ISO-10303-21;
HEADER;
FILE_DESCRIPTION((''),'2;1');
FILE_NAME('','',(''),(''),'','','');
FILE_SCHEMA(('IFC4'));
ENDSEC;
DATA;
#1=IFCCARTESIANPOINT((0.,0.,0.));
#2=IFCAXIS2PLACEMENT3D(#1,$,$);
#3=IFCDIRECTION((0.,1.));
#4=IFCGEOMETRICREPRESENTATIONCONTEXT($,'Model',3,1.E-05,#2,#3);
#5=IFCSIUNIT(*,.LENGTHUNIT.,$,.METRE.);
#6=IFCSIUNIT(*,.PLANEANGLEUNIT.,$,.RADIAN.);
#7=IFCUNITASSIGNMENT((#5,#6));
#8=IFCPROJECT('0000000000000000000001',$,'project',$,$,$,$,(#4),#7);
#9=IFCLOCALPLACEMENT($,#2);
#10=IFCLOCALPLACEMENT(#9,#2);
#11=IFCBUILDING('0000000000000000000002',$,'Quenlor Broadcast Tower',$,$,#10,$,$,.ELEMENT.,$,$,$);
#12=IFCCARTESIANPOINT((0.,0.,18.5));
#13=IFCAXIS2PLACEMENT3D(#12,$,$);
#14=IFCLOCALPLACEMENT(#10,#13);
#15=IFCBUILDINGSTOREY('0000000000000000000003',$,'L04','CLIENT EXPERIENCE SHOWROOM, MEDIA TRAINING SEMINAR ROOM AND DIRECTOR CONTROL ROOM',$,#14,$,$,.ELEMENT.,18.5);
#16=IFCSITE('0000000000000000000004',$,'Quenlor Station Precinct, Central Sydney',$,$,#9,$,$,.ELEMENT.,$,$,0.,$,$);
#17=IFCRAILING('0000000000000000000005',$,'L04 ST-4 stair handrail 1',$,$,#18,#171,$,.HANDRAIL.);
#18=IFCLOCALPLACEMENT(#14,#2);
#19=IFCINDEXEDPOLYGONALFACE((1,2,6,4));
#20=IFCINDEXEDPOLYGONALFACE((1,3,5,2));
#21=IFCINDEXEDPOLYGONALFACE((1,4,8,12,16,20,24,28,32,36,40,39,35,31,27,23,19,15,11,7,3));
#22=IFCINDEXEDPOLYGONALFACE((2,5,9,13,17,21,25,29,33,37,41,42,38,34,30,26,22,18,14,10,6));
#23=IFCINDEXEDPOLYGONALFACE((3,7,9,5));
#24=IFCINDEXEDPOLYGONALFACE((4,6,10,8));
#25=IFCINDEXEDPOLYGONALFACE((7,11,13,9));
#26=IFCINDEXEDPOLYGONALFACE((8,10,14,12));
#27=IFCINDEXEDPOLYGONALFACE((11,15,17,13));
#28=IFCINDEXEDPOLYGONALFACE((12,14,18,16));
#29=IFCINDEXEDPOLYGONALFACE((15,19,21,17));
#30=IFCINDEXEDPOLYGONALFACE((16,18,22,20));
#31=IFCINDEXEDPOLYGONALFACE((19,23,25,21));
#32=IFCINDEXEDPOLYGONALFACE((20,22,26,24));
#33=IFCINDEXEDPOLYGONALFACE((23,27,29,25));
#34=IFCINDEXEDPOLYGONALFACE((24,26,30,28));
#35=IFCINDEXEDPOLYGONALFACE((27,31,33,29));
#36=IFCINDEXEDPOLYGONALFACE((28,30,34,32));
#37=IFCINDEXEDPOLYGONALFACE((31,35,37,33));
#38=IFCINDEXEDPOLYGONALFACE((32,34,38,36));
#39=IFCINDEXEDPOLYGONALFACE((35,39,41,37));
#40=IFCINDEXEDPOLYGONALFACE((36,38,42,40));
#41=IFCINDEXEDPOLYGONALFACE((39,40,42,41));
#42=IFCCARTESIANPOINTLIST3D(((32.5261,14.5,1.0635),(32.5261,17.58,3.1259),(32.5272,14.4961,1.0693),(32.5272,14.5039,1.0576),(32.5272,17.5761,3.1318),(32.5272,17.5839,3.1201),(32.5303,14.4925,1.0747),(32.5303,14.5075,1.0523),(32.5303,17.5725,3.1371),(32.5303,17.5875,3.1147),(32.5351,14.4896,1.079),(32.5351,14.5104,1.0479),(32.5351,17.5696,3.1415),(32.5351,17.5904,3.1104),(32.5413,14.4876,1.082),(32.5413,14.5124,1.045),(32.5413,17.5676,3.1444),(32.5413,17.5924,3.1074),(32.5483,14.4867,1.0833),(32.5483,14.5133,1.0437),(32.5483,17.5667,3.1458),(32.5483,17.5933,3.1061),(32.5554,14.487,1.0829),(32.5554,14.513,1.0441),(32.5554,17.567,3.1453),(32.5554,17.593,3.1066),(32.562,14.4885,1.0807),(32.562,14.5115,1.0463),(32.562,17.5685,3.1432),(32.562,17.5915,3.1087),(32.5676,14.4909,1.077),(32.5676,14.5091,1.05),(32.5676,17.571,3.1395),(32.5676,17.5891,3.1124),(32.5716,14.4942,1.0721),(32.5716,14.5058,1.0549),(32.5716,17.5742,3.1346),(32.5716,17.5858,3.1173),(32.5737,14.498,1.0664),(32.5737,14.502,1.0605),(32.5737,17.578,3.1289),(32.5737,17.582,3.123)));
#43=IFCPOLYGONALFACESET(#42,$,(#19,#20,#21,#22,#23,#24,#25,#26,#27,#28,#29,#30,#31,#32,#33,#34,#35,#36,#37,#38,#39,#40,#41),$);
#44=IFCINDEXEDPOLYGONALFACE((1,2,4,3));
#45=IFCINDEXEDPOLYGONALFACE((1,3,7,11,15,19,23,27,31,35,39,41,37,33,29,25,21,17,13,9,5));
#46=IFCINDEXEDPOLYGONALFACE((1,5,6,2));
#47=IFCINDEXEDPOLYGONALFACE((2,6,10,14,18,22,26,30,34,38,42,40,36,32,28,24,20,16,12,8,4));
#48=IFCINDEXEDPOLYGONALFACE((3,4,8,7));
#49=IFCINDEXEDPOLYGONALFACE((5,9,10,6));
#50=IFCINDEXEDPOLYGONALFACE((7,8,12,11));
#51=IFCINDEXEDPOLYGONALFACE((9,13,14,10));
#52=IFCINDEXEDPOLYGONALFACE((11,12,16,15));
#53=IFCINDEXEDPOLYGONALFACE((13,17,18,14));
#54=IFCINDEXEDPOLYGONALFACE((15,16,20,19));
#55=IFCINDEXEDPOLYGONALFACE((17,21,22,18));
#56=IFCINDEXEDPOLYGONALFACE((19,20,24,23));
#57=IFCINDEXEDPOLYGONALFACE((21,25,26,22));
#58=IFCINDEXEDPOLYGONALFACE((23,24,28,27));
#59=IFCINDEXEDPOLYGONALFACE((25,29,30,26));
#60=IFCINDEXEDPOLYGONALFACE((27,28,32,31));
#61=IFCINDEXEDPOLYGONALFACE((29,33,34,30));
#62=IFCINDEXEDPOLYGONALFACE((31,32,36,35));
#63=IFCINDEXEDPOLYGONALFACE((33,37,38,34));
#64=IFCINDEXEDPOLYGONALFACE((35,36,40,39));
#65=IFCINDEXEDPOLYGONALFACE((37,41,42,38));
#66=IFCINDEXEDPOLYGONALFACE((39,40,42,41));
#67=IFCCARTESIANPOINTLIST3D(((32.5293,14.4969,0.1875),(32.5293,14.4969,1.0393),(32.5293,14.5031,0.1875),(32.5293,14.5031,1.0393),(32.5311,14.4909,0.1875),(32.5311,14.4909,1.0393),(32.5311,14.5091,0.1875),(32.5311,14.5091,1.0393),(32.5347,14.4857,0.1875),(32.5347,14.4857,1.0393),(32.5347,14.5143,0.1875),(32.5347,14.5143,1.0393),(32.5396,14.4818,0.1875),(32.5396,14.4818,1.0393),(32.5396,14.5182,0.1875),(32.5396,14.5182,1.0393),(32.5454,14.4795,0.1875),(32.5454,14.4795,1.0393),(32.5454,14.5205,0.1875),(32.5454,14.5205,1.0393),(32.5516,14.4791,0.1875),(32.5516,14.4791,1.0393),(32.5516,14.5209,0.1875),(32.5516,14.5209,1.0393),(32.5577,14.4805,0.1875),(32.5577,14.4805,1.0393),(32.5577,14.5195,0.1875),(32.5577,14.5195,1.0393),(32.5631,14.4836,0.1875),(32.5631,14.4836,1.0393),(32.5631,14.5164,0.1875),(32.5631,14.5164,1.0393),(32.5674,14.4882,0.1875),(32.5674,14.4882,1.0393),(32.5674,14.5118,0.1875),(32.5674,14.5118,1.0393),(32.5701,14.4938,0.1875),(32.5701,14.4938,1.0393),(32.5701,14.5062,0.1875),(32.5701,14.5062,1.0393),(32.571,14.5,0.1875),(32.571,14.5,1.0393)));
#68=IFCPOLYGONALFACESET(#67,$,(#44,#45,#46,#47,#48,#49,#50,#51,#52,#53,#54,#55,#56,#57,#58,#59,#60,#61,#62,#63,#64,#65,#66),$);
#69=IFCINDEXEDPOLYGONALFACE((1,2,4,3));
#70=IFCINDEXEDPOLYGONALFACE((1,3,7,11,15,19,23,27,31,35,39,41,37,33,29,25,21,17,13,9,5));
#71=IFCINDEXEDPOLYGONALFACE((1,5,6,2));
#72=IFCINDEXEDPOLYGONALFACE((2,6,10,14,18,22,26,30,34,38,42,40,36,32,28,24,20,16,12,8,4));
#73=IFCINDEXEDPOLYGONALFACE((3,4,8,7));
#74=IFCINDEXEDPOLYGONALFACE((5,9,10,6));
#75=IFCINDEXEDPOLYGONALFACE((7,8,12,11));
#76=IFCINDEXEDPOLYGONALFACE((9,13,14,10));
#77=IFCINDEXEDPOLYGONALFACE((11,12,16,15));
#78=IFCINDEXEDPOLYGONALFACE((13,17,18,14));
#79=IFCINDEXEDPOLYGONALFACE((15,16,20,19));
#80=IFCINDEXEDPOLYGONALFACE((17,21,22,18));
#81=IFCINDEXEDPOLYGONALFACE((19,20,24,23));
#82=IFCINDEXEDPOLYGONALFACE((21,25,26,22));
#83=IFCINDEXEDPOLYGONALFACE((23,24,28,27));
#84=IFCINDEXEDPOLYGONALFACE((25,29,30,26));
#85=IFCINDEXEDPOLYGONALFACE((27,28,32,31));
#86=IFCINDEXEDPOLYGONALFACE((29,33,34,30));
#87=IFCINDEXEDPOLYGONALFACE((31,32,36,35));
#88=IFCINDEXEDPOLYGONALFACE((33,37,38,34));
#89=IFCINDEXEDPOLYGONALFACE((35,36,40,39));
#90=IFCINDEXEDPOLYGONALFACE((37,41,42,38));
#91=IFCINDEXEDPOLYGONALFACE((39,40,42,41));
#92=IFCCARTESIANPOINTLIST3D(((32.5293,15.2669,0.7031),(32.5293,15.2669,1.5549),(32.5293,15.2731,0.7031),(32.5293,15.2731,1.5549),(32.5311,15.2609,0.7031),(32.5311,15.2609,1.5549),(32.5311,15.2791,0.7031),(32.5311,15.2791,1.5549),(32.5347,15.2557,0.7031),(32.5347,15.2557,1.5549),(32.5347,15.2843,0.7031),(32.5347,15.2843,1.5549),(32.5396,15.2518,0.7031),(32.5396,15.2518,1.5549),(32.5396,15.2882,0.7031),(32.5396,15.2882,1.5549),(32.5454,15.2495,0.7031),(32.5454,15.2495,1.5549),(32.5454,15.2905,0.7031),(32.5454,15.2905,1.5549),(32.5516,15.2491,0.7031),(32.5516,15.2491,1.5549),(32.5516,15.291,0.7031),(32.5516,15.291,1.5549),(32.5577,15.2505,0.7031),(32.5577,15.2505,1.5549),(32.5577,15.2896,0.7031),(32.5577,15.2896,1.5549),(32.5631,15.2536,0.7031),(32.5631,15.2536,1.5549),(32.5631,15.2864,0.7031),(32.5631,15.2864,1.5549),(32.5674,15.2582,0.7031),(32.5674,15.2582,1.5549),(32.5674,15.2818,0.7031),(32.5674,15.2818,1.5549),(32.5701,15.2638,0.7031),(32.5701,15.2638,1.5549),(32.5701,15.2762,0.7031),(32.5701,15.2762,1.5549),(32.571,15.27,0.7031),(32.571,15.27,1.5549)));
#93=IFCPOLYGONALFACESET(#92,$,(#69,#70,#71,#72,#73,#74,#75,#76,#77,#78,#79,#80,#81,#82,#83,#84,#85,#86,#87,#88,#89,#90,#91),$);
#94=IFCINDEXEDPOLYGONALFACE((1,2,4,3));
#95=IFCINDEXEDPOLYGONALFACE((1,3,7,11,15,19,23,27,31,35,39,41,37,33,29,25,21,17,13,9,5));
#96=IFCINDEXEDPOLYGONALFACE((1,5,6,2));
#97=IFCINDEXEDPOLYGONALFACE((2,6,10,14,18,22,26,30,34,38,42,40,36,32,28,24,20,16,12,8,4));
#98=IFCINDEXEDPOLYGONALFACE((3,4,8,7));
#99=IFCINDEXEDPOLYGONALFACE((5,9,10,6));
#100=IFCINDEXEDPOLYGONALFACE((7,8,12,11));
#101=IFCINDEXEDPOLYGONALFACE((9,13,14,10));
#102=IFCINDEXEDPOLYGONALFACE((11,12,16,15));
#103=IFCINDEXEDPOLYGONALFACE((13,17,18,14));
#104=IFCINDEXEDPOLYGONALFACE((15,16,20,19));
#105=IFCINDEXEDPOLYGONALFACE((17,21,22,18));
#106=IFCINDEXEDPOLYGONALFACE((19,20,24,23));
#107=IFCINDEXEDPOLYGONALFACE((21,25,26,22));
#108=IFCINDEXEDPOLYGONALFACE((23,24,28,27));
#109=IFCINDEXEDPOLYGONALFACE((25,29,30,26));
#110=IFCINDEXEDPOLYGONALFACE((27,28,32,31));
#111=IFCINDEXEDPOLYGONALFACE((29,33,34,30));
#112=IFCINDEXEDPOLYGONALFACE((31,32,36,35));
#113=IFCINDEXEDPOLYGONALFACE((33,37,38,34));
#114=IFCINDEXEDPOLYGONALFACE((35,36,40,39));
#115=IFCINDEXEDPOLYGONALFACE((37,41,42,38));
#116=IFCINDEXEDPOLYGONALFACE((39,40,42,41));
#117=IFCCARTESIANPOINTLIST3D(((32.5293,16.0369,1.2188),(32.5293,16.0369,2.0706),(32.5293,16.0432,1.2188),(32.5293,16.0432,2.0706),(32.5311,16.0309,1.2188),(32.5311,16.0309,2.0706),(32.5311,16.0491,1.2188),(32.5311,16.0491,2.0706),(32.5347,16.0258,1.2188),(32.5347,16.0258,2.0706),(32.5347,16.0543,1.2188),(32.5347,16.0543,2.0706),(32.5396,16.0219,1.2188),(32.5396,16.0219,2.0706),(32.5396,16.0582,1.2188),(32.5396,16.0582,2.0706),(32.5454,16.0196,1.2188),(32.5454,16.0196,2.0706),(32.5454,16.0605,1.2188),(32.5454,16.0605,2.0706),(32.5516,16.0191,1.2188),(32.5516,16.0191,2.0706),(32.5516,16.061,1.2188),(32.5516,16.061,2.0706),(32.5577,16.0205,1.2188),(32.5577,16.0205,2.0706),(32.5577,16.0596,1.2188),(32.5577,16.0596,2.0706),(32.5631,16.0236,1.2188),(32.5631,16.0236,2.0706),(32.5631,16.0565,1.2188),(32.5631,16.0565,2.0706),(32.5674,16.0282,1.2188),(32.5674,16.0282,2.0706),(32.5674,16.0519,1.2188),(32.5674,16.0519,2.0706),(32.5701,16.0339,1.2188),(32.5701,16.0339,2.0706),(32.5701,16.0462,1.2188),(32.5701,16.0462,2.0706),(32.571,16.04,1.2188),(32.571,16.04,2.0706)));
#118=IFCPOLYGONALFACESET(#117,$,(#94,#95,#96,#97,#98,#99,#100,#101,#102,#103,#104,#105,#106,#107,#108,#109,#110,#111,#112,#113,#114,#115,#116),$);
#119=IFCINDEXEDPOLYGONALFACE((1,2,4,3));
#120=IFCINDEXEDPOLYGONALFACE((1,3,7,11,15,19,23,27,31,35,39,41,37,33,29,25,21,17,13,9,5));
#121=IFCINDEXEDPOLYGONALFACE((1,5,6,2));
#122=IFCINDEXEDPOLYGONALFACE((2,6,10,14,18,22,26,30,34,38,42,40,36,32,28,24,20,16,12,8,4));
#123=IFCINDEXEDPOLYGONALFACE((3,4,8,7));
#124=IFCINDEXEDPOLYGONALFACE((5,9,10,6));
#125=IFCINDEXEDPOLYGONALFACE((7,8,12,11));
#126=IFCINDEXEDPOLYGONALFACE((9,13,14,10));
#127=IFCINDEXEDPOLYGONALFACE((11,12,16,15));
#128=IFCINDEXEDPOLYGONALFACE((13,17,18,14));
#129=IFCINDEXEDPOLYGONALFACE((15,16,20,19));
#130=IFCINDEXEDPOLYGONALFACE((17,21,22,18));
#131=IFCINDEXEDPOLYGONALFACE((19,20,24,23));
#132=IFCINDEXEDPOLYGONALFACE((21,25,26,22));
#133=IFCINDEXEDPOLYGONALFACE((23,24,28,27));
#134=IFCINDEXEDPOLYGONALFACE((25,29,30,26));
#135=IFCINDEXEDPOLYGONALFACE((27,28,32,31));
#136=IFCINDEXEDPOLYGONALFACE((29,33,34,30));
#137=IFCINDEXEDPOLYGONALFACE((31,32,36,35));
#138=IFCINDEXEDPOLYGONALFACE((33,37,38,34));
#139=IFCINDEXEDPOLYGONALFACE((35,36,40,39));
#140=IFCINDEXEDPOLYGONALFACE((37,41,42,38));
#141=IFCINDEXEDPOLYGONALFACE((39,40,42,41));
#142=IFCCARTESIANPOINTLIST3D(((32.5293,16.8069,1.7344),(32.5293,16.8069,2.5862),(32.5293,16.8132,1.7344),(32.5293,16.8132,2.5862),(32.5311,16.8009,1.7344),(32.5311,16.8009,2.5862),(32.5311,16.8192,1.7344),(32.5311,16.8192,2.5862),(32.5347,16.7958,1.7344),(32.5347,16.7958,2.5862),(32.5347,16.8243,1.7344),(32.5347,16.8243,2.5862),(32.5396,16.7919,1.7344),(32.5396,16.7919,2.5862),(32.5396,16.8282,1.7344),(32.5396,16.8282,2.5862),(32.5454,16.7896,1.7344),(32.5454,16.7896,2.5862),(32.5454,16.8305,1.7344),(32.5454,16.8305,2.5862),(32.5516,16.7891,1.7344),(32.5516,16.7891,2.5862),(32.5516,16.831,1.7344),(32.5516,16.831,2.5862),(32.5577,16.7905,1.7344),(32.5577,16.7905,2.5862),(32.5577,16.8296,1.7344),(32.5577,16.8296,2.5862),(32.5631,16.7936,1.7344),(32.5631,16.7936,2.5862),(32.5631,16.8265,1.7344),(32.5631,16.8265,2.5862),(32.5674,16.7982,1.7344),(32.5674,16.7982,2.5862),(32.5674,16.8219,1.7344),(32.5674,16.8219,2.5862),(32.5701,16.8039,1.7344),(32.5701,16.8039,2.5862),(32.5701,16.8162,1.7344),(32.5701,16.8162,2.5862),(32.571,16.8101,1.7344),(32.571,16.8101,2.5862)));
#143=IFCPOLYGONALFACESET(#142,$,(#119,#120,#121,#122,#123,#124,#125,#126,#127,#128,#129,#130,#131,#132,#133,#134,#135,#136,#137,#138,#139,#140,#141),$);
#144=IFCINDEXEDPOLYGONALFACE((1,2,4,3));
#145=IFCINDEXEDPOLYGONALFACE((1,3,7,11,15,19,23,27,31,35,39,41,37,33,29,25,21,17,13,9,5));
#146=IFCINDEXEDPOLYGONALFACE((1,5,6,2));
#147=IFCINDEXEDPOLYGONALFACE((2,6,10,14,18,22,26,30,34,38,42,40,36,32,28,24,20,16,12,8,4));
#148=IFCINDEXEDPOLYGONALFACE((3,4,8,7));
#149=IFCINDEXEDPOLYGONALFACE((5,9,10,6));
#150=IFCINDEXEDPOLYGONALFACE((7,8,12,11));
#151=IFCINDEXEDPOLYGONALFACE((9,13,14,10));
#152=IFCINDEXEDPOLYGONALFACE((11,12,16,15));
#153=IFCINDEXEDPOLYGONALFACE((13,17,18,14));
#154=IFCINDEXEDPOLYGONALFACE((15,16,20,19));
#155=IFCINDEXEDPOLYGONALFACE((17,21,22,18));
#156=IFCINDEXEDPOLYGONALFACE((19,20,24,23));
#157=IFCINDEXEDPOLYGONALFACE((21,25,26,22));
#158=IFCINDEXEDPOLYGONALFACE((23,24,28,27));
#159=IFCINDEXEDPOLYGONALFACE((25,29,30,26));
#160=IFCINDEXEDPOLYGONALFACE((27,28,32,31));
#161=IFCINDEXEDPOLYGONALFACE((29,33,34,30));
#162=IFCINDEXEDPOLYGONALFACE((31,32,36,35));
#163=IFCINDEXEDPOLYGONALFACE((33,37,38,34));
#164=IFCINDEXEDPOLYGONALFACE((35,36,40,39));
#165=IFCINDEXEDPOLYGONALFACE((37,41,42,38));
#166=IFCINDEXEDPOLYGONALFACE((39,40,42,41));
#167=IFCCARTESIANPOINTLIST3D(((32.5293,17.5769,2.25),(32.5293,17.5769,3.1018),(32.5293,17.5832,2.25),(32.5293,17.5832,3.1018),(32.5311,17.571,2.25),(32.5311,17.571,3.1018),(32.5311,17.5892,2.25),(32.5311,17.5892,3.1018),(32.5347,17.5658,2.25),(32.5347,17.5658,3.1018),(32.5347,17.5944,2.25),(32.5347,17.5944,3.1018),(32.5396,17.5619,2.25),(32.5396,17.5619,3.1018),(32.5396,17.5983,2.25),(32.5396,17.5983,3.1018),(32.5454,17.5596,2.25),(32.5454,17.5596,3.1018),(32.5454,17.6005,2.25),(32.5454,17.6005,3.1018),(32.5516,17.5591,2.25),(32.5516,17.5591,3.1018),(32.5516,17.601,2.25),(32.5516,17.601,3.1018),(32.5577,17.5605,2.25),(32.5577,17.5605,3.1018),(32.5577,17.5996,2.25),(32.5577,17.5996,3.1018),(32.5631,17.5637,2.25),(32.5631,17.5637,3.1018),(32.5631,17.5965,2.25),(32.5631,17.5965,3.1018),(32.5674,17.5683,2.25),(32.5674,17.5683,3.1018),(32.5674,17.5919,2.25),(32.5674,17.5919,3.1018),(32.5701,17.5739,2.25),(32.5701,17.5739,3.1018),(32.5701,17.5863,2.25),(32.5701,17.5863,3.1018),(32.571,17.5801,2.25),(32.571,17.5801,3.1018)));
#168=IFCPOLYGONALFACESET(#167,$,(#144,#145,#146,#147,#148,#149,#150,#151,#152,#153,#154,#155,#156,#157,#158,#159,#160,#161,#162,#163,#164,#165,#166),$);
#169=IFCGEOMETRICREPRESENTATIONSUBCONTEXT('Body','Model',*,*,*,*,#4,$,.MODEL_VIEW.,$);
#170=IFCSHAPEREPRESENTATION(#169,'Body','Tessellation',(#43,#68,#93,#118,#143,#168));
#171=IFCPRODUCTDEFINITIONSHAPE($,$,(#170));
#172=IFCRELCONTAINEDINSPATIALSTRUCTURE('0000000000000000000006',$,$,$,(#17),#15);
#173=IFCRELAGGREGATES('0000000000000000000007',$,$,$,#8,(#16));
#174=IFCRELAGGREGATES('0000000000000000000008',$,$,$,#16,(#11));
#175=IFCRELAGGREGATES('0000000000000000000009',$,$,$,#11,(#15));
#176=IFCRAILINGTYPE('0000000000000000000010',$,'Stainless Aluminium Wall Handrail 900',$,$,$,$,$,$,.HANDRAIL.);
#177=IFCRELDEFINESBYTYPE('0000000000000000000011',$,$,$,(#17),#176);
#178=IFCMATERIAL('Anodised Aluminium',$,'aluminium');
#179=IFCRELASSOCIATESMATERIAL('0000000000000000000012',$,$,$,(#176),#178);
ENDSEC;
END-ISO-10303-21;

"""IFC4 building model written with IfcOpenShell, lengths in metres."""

from ifc_helpers import new_model, si_unit, direction, frame, origin, origin_2d, place, context, subcontext, project, spatial, circle, extrude, material, type_object, element, save


model = new_model("IFC4")

# Units and contexts
model_context = context("Model", 3, precision=1e-05, world=origin(), true_north=direction((0.0, 1.0)))
body_context = subcontext(model_context, "Body", "Model", "MODEL_VIEW")
ifc_project = project(units=[si_unit("LENGTHUNIT", "METRE"), si_unit("PLANEANGLEUNIT", "RADIAN")], contexts=[model_context])

# Site, building, storey
site_placement = place(None, origin())
site = spatial("IfcSite", under=ifc_project, at=site_placement, Name="Quenlor Station Precinct, Central Sydney", CompositionType="ELEMENT", RefElevation=0.0)
building_placement = place(site_placement, origin())
building = spatial("IfcBuilding", under=site, at=building_placement, Name="Quenlor Broadcast Tower", CompositionType="ELEMENT")
storey_placement = place(building_placement, frame((0.0, 0.0, 18.5)))
storey = spatial("IfcBuildingStorey", under=building, at=storey_placement, Name="L04", Description="CLIENT EXPERIENCE SHOWROOM, MEDIA TRAINING SEMINAR ROOM AND DIRECTOR CONTROL ROOM", CompositionType="ELEMENT", Elevation=18.5)

# Railing
ifc_material_1 = material(Name="Anodised Aluminium", Category="aluminium")
railing_type_1 = type_object("IfcRailingType", Name="Stainless Aluminium Wall Handrail 900", PredefinedType="HANDRAIL", material=ifc_material_1)
railing_1_placement = place(storey_placement, frame((32.55, 14.5, 0.1875)))
element("IfcRailing", 1, at=railing_1_placement, inside=storey, type_object=railing_type_1, Name="L04 ST-4 stair handrail 1", PredefinedType="HANDRAIL", context=body_context, shape_type="SweptSolid", body=[
    extrude(circle(Radius=0.0239, at=origin_2d()), frame((0.0, 0.0, 0.876), z_axis=(0.0, 0.830914, 0.556401), x_axis=(-1.0, 0.0, 0.0)), (0.0, 0.0, 1.0), 3.7068),
    extrude(circle(Radius=0.021, at=origin_2d()), origin(), (0.0, 0.0, 1.0), 0.8518),
    extrude(circle(Radius=0.021, at=origin_2d()), frame((0.0, 0.77, 0.5156)), (0.0, 0.0, 1.0), 0.8518),
    extrude(circle(Radius=0.021, at=origin_2d()), frame((0.0, 1.54, 1.0312)), (0.0, 0.0, 1.0), 0.8518),
    extrude(circle(Radius=0.021, at=origin_2d()), frame((0.0, 2.3101, 1.5469)), (0.0, 0.0, 1.0), 0.8518),
    extrude(circle(Radius=0.021, at=origin_2d()), frame((0.0, 3.0801, 2.0625)), (0.0, 0.0, 1.0), 0.8518),
])

save(model, "model.ifc")
